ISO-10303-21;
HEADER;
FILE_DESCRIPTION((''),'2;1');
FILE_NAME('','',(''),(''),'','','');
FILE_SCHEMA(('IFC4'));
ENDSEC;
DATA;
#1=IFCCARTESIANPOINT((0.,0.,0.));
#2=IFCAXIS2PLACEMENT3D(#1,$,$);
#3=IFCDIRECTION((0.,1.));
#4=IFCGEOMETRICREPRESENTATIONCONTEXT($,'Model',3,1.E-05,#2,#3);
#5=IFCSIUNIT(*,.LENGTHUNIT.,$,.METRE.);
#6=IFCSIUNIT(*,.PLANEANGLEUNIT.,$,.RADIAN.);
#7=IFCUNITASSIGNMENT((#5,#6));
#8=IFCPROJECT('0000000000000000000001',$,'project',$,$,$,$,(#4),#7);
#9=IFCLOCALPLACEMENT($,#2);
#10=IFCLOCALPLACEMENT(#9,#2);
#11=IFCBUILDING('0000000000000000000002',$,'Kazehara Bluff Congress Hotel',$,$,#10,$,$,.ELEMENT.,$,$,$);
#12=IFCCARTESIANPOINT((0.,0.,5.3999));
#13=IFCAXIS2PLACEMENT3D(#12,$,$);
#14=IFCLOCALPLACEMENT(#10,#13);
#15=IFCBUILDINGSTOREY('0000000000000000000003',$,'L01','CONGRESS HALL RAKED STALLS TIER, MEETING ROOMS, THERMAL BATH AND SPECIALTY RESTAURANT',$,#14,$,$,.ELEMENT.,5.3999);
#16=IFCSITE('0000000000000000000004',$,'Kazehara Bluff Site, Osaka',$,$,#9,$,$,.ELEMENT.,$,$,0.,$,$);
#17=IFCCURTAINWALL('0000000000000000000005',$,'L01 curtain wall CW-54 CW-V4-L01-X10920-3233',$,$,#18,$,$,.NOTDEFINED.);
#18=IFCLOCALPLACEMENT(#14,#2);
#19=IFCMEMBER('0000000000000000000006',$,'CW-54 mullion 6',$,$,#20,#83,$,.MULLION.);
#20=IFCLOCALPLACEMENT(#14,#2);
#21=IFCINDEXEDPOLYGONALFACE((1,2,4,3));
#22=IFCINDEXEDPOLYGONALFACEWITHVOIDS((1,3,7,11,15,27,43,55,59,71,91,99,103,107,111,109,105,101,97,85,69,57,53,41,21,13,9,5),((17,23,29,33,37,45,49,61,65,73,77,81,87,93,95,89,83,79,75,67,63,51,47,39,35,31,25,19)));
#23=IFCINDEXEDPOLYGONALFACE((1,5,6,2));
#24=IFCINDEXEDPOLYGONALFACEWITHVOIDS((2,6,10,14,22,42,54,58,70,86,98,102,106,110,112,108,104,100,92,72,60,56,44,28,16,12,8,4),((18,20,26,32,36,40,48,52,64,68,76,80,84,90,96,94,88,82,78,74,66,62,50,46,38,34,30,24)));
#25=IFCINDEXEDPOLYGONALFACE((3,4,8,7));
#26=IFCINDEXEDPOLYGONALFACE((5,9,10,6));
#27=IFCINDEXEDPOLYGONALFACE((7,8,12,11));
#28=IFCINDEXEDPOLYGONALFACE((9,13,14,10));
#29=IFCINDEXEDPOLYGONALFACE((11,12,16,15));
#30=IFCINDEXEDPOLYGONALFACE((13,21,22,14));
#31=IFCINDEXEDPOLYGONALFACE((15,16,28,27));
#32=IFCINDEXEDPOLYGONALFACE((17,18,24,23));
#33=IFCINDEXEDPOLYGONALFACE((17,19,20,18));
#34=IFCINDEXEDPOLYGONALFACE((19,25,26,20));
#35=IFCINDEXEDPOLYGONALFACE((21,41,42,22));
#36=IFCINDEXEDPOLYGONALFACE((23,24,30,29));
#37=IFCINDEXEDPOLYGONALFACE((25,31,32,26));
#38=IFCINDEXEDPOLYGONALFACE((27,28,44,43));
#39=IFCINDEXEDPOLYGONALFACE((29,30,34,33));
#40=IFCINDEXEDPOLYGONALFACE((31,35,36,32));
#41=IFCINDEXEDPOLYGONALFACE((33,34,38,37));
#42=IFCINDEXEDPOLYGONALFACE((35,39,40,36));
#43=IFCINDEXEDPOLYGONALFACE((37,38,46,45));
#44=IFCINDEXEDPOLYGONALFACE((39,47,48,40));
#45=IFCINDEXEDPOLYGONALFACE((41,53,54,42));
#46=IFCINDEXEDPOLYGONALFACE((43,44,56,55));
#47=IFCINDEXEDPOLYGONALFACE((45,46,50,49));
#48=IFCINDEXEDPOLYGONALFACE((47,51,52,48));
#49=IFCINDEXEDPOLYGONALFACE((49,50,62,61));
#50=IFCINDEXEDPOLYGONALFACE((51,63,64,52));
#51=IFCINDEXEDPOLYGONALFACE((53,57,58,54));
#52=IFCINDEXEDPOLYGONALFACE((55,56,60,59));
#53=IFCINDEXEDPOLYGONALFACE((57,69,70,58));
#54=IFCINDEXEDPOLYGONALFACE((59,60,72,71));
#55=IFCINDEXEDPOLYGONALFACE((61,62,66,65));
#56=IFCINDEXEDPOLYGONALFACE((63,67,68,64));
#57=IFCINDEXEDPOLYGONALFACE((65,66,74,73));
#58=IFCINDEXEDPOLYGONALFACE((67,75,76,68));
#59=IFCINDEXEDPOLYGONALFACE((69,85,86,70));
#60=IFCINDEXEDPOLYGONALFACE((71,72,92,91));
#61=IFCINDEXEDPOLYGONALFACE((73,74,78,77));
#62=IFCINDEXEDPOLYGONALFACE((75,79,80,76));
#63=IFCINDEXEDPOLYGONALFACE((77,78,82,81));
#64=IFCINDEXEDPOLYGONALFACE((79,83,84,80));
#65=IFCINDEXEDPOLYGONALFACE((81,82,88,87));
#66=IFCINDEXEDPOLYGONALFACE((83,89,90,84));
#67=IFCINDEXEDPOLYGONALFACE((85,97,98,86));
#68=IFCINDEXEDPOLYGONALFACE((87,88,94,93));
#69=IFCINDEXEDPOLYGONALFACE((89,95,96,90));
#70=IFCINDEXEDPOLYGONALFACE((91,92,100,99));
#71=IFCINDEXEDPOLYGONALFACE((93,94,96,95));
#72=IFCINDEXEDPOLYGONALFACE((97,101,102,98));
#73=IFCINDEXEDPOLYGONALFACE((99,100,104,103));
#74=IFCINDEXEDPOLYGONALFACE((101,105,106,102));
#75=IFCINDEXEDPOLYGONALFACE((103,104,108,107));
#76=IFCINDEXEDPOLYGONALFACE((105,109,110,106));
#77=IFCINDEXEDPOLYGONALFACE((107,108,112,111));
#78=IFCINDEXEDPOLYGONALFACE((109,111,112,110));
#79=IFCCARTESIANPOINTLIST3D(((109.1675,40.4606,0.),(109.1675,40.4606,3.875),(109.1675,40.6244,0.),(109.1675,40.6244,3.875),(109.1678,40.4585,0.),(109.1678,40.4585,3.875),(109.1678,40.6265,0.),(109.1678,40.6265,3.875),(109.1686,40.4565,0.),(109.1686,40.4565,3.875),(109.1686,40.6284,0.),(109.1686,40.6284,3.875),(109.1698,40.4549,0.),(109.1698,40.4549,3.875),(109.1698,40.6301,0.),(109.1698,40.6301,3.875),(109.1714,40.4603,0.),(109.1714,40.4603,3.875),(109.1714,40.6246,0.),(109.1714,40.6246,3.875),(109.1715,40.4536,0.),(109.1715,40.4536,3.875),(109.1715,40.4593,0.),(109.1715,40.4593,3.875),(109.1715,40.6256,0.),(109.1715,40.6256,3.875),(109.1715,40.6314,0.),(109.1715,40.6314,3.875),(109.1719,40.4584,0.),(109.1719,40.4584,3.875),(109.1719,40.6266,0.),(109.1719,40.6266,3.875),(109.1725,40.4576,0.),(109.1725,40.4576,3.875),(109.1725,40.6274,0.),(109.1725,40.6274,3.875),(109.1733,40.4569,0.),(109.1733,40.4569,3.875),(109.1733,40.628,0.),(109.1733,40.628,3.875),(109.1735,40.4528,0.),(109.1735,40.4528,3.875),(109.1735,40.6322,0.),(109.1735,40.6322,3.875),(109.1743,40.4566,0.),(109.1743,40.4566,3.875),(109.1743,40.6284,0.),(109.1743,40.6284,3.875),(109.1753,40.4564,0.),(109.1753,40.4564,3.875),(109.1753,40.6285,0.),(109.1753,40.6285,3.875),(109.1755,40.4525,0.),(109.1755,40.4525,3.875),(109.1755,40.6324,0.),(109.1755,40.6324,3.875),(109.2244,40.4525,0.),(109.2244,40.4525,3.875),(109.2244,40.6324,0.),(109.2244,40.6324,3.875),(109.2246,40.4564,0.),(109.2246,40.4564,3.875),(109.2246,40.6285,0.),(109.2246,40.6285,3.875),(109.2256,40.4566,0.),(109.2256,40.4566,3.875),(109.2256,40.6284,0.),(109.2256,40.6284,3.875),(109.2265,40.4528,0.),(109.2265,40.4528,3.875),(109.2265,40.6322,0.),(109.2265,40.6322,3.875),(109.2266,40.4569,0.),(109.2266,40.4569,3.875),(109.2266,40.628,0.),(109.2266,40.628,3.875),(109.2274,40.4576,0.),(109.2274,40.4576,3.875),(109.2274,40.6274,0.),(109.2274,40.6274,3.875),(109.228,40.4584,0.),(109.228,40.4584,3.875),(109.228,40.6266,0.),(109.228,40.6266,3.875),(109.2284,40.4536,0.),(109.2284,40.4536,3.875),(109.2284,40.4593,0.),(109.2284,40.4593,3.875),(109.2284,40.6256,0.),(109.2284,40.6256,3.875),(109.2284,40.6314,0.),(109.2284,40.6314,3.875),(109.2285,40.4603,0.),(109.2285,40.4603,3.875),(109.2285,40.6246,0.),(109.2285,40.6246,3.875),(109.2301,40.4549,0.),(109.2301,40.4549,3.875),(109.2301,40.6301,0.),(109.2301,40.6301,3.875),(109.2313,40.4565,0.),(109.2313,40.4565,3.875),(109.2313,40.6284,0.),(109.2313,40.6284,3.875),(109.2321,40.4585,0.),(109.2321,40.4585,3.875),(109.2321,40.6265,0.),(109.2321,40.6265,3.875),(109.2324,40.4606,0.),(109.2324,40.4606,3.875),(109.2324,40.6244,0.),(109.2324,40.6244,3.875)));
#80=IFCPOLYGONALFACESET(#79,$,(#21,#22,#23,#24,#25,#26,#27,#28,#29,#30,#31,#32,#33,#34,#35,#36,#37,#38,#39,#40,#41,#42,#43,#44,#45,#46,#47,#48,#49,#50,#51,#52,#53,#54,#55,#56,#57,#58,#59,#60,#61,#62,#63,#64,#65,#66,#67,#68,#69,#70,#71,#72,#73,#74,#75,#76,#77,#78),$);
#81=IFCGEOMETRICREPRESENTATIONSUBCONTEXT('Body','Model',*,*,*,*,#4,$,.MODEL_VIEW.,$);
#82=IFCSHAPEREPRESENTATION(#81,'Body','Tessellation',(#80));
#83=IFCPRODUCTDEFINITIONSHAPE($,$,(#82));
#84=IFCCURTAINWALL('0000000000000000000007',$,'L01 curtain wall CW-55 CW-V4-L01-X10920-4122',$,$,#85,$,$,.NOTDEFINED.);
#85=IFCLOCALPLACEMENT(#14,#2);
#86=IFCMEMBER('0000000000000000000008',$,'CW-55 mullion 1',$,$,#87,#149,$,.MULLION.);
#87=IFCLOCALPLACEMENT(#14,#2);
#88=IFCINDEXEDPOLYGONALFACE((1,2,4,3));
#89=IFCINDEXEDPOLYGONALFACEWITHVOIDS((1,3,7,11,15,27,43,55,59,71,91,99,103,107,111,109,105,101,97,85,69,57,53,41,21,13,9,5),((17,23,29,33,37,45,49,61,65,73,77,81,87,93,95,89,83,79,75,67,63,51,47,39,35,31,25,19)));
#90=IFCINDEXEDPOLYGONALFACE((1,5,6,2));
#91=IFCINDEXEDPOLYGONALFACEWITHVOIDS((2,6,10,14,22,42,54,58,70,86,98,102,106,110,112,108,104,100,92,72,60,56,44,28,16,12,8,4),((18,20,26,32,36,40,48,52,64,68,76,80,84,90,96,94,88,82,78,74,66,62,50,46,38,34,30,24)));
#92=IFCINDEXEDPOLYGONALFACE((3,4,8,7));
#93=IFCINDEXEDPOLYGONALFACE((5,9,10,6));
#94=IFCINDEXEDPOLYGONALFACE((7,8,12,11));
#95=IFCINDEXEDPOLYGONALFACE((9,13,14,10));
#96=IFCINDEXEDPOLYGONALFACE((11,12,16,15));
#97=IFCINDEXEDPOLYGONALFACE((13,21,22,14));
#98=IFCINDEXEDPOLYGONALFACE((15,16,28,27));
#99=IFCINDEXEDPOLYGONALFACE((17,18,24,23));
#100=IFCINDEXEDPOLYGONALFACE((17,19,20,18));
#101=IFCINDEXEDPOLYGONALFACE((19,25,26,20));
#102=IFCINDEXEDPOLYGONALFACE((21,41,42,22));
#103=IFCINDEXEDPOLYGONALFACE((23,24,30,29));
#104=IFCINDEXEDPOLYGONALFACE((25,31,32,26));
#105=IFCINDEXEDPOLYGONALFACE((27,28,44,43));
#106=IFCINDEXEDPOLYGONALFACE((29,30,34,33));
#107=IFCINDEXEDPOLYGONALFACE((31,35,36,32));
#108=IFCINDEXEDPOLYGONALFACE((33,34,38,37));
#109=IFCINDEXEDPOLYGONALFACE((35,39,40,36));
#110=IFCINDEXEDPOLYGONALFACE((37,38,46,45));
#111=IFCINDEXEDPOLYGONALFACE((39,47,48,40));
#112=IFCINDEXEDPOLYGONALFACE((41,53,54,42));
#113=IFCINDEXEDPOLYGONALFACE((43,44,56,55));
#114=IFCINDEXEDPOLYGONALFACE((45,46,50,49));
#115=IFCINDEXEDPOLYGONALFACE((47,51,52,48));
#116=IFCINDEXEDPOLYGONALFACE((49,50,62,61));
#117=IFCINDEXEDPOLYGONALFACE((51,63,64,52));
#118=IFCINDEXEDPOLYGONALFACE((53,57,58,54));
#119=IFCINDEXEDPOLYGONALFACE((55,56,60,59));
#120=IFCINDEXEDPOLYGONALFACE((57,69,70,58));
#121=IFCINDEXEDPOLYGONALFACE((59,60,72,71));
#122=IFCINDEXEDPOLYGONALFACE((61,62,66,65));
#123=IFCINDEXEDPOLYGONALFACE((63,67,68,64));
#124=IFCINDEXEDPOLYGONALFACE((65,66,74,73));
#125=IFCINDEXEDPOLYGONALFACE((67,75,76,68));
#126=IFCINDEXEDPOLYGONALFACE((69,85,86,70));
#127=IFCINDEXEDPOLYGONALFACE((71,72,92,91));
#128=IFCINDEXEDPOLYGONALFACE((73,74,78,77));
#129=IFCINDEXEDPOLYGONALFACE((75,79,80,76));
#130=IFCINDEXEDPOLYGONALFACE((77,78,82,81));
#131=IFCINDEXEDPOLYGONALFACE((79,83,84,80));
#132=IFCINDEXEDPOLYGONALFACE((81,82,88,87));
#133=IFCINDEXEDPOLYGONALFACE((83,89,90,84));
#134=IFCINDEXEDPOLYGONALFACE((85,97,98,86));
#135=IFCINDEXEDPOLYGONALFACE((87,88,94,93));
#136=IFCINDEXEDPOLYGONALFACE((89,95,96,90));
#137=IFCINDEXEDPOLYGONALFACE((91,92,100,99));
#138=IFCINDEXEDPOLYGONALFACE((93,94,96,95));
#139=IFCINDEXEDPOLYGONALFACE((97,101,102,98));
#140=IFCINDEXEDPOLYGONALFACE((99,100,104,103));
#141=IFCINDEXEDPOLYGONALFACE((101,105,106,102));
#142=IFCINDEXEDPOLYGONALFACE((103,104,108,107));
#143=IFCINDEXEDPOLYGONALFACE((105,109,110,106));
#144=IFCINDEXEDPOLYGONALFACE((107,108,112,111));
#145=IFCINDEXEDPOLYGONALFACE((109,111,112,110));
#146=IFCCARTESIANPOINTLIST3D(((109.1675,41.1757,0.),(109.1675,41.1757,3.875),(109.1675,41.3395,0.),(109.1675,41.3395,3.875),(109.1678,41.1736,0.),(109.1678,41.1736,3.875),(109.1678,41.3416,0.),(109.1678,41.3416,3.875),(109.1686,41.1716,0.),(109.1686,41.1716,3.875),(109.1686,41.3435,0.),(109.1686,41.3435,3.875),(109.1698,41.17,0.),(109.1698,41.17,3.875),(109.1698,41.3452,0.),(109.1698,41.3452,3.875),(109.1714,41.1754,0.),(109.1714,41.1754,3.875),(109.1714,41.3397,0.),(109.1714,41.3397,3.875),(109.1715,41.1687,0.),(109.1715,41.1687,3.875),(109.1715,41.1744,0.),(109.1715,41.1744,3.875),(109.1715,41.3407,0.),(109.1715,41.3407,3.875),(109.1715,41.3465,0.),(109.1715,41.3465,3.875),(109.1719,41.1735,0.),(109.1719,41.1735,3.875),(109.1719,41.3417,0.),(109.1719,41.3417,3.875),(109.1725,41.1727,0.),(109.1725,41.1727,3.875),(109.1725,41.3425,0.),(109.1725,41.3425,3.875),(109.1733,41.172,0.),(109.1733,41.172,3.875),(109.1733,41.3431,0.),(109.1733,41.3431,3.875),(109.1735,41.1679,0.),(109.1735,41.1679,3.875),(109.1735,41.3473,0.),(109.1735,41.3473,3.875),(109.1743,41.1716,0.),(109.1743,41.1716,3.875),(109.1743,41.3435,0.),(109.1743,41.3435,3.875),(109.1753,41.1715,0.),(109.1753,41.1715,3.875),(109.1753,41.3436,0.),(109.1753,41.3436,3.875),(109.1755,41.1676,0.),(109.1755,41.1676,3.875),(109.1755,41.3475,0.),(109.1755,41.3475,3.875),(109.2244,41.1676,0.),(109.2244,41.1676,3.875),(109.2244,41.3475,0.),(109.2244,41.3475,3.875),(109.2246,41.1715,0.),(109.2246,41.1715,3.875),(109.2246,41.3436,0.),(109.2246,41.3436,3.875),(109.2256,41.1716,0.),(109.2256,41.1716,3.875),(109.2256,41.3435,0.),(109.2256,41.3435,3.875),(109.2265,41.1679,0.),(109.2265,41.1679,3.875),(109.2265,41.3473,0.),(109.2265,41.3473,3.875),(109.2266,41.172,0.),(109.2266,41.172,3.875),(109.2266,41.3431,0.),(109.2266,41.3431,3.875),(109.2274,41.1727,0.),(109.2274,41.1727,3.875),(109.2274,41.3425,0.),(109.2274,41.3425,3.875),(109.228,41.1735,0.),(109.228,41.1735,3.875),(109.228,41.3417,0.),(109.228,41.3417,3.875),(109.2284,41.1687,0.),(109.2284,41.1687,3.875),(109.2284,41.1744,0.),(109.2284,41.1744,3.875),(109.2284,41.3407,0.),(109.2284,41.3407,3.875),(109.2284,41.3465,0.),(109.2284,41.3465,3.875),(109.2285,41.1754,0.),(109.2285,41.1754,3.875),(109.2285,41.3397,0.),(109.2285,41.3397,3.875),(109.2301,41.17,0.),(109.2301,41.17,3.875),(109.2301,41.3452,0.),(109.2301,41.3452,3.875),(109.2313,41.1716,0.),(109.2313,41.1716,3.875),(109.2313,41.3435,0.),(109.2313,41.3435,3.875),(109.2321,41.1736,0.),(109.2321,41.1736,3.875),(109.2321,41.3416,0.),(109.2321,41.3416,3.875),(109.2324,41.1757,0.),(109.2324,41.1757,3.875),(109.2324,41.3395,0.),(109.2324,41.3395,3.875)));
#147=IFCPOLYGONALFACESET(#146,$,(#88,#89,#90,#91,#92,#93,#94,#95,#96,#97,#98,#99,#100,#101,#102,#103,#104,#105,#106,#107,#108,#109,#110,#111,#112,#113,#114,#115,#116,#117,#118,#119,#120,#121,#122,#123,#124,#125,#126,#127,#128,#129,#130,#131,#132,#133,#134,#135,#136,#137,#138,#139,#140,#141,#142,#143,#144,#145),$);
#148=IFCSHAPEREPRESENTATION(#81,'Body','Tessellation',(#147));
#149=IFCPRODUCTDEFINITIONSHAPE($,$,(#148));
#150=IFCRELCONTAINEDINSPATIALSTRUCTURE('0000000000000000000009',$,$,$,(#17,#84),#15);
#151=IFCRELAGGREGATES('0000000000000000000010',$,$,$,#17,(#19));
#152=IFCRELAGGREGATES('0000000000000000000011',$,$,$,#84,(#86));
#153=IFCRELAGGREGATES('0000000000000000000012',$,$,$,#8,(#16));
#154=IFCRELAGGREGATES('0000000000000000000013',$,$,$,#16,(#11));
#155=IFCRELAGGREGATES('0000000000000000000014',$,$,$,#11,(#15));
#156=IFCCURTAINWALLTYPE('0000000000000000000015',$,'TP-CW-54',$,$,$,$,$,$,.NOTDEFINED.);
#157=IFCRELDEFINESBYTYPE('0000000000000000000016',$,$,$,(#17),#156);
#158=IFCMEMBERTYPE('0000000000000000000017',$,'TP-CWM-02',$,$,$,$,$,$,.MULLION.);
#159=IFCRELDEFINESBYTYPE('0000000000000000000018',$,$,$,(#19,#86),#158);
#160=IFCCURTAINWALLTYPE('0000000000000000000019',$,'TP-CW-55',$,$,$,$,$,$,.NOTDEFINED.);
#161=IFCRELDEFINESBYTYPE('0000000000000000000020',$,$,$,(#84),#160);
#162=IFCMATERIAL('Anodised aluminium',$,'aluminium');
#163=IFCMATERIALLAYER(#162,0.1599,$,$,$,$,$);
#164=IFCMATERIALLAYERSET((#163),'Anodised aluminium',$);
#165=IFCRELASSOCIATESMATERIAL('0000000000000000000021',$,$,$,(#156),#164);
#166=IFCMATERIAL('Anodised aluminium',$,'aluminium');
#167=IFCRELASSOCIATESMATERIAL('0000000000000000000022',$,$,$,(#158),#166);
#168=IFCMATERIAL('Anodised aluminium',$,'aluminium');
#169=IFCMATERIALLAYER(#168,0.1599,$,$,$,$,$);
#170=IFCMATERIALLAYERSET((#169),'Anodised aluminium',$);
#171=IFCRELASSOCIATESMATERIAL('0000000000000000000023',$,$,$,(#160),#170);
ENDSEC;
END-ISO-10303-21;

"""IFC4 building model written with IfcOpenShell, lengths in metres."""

from ifc_helpers import new_model, si_unit, direction, frame, origin, origin_2d, place, context, subcontext, project, spatial, hollow_rectangle, extrude, material, layer, layer_set, material_profile, profile_set, type_object, element, aggregate, save


model = new_model("IFC4")

# Units and contexts
model_context = context("Model", 3, precision=1e-05, world=origin(), true_north=direction((0.0, 1.0)))
body_context = subcontext(model_context, "Body", "Model", "MODEL_VIEW")
ifc_project = project(units=[si_unit("LENGTHUNIT", "METRE"), si_unit("PLANEANGLEUNIT", "RADIAN")], contexts=[model_context])

# Site, building, storey
site_placement = place(None, origin())
site = spatial("IfcSite", under=ifc_project, at=site_placement, Name="Kazehara Bluff Site, Osaka", CompositionType="ELEMENT", RefElevation=0.0)
building_placement = place(site_placement, origin())
building = spatial("IfcBuilding", under=site, at=building_placement, Name="Kazehara Bluff Congress Hotel", CompositionType="ELEMENT")
storey_placement = place(building_placement, frame((0.0, 0.0, 5.3999)))
storey = spatial("IfcBuildingStorey", under=building, at=storey_placement, Name="L01", Description="CONGRESS HALL RAKED STALLS TIER, MEETING ROOMS, THERMAL BATH AND SPECIALTY RESTAURANT", CompositionType="ELEMENT", Elevation=5.3999)

# Curtain walls, members
ifc_material_1 = material(Name="Anodised aluminium", Category="aluminium")
ifc_layer_1 = layer(ifc_material_1, 0.1599)
ifc_layer_set_1 = layer_set([ifc_layer_1], Name="Anodised aluminium")
curtain_wall_type_1 = type_object("IfcCurtainWallType", Name="TP-CW-54", PredefinedType="NOTDEFINED", material=ifc_layer_set_1)
curtain_wall_1_placement = place(storey_placement, origin())
curtain_wall_1 = element("IfcCurtainWall", 1, at=curtain_wall_1_placement, inside=storey, type_object=curtain_wall_type_1, Name="L01 curtain wall CW-54 CW-V4-L01-X10920-3233", PredefinedType="NOTDEFINED")
ifc_material_2 = material(Name="Anodised aluminium", Category="aluminium")
ifc_material_profile_1 = material_profile(ifc_material_2, hollow_rectangle(XDim=0.0649, YDim=0.1799, WallThickness=0.0039, InnerFilletRadius=0.0039, OuterFilletRadius=0.0081, at=origin_2d()))
ifc_profile_set_1 = profile_set([ifc_material_profile_1], Name="Anodised aluminium")
member_type_1 = type_object("IfcMemberType", Name="TP-CWM-02", PredefinedType="MULLION", material=ifc_profile_set_1)
member_1_placement = place(storey_placement, frame((109.2, 40.5425, 0.0), z_axis=(0.0, 0.0, 1.0), x_axis=(-1.0, 0.0, 0.0)))
member_1 = element("IfcMember", 2, at=member_1_placement, type_object=member_type_1, Name="CW-54 mullion 6", PredefinedType="MULLION", context=body_context, shape_type="SweptSolid", body=[
    extrude(hollow_rectangle(XDim=0.0649, YDim=0.1799, WallThickness=0.0039, InnerFilletRadius=0.0039, OuterFilletRadius=0.0081, at=origin_2d()), origin(), (0.0, 0.0, 1.0), 3.875),
])
ifc_material_3 = material(Name="Anodised aluminium", Category="aluminium")
ifc_layer_2 = layer(ifc_material_3, 0.1599)
ifc_layer_set_2 = layer_set([ifc_layer_2], Name="Anodised aluminium")
curtain_wall_type_2 = type_object("IfcCurtainWallType", Name="TP-CW-55", PredefinedType="NOTDEFINED", material=ifc_layer_set_2)
curtain_wall_2_placement = place(storey_placement, origin())
curtain_wall_2 = element("IfcCurtainWall", 3, at=curtain_wall_2_placement, inside=storey, type_object=curtain_wall_type_2, Name="L01 curtain wall CW-55 CW-V4-L01-X10920-4122", PredefinedType="NOTDEFINED")
member_2_placement = place(storey_placement, frame((109.2, 41.2576, 0.0), z_axis=(0.0, 0.0, 1.0), x_axis=(-1.0, 0.0, 0.0)))
member_2 = element("IfcMember", 4, at=member_2_placement, type_object=member_type_1, Name="CW-55 mullion 1", PredefinedType="MULLION", context=body_context, shape_type="SweptSolid", body=[
    extrude(hollow_rectangle(XDim=0.0649, YDim=0.1799, WallThickness=0.0039, InnerFilletRadius=0.0039, OuterFilletRadius=0.0081, at=origin_2d()), origin(), (0.0, 0.0, 1.0), 3.875),
])

aggregate(curtain_wall_1, [member_1])
aggregate(curtain_wall_2, [member_2])

save(model, "model.ifc")
